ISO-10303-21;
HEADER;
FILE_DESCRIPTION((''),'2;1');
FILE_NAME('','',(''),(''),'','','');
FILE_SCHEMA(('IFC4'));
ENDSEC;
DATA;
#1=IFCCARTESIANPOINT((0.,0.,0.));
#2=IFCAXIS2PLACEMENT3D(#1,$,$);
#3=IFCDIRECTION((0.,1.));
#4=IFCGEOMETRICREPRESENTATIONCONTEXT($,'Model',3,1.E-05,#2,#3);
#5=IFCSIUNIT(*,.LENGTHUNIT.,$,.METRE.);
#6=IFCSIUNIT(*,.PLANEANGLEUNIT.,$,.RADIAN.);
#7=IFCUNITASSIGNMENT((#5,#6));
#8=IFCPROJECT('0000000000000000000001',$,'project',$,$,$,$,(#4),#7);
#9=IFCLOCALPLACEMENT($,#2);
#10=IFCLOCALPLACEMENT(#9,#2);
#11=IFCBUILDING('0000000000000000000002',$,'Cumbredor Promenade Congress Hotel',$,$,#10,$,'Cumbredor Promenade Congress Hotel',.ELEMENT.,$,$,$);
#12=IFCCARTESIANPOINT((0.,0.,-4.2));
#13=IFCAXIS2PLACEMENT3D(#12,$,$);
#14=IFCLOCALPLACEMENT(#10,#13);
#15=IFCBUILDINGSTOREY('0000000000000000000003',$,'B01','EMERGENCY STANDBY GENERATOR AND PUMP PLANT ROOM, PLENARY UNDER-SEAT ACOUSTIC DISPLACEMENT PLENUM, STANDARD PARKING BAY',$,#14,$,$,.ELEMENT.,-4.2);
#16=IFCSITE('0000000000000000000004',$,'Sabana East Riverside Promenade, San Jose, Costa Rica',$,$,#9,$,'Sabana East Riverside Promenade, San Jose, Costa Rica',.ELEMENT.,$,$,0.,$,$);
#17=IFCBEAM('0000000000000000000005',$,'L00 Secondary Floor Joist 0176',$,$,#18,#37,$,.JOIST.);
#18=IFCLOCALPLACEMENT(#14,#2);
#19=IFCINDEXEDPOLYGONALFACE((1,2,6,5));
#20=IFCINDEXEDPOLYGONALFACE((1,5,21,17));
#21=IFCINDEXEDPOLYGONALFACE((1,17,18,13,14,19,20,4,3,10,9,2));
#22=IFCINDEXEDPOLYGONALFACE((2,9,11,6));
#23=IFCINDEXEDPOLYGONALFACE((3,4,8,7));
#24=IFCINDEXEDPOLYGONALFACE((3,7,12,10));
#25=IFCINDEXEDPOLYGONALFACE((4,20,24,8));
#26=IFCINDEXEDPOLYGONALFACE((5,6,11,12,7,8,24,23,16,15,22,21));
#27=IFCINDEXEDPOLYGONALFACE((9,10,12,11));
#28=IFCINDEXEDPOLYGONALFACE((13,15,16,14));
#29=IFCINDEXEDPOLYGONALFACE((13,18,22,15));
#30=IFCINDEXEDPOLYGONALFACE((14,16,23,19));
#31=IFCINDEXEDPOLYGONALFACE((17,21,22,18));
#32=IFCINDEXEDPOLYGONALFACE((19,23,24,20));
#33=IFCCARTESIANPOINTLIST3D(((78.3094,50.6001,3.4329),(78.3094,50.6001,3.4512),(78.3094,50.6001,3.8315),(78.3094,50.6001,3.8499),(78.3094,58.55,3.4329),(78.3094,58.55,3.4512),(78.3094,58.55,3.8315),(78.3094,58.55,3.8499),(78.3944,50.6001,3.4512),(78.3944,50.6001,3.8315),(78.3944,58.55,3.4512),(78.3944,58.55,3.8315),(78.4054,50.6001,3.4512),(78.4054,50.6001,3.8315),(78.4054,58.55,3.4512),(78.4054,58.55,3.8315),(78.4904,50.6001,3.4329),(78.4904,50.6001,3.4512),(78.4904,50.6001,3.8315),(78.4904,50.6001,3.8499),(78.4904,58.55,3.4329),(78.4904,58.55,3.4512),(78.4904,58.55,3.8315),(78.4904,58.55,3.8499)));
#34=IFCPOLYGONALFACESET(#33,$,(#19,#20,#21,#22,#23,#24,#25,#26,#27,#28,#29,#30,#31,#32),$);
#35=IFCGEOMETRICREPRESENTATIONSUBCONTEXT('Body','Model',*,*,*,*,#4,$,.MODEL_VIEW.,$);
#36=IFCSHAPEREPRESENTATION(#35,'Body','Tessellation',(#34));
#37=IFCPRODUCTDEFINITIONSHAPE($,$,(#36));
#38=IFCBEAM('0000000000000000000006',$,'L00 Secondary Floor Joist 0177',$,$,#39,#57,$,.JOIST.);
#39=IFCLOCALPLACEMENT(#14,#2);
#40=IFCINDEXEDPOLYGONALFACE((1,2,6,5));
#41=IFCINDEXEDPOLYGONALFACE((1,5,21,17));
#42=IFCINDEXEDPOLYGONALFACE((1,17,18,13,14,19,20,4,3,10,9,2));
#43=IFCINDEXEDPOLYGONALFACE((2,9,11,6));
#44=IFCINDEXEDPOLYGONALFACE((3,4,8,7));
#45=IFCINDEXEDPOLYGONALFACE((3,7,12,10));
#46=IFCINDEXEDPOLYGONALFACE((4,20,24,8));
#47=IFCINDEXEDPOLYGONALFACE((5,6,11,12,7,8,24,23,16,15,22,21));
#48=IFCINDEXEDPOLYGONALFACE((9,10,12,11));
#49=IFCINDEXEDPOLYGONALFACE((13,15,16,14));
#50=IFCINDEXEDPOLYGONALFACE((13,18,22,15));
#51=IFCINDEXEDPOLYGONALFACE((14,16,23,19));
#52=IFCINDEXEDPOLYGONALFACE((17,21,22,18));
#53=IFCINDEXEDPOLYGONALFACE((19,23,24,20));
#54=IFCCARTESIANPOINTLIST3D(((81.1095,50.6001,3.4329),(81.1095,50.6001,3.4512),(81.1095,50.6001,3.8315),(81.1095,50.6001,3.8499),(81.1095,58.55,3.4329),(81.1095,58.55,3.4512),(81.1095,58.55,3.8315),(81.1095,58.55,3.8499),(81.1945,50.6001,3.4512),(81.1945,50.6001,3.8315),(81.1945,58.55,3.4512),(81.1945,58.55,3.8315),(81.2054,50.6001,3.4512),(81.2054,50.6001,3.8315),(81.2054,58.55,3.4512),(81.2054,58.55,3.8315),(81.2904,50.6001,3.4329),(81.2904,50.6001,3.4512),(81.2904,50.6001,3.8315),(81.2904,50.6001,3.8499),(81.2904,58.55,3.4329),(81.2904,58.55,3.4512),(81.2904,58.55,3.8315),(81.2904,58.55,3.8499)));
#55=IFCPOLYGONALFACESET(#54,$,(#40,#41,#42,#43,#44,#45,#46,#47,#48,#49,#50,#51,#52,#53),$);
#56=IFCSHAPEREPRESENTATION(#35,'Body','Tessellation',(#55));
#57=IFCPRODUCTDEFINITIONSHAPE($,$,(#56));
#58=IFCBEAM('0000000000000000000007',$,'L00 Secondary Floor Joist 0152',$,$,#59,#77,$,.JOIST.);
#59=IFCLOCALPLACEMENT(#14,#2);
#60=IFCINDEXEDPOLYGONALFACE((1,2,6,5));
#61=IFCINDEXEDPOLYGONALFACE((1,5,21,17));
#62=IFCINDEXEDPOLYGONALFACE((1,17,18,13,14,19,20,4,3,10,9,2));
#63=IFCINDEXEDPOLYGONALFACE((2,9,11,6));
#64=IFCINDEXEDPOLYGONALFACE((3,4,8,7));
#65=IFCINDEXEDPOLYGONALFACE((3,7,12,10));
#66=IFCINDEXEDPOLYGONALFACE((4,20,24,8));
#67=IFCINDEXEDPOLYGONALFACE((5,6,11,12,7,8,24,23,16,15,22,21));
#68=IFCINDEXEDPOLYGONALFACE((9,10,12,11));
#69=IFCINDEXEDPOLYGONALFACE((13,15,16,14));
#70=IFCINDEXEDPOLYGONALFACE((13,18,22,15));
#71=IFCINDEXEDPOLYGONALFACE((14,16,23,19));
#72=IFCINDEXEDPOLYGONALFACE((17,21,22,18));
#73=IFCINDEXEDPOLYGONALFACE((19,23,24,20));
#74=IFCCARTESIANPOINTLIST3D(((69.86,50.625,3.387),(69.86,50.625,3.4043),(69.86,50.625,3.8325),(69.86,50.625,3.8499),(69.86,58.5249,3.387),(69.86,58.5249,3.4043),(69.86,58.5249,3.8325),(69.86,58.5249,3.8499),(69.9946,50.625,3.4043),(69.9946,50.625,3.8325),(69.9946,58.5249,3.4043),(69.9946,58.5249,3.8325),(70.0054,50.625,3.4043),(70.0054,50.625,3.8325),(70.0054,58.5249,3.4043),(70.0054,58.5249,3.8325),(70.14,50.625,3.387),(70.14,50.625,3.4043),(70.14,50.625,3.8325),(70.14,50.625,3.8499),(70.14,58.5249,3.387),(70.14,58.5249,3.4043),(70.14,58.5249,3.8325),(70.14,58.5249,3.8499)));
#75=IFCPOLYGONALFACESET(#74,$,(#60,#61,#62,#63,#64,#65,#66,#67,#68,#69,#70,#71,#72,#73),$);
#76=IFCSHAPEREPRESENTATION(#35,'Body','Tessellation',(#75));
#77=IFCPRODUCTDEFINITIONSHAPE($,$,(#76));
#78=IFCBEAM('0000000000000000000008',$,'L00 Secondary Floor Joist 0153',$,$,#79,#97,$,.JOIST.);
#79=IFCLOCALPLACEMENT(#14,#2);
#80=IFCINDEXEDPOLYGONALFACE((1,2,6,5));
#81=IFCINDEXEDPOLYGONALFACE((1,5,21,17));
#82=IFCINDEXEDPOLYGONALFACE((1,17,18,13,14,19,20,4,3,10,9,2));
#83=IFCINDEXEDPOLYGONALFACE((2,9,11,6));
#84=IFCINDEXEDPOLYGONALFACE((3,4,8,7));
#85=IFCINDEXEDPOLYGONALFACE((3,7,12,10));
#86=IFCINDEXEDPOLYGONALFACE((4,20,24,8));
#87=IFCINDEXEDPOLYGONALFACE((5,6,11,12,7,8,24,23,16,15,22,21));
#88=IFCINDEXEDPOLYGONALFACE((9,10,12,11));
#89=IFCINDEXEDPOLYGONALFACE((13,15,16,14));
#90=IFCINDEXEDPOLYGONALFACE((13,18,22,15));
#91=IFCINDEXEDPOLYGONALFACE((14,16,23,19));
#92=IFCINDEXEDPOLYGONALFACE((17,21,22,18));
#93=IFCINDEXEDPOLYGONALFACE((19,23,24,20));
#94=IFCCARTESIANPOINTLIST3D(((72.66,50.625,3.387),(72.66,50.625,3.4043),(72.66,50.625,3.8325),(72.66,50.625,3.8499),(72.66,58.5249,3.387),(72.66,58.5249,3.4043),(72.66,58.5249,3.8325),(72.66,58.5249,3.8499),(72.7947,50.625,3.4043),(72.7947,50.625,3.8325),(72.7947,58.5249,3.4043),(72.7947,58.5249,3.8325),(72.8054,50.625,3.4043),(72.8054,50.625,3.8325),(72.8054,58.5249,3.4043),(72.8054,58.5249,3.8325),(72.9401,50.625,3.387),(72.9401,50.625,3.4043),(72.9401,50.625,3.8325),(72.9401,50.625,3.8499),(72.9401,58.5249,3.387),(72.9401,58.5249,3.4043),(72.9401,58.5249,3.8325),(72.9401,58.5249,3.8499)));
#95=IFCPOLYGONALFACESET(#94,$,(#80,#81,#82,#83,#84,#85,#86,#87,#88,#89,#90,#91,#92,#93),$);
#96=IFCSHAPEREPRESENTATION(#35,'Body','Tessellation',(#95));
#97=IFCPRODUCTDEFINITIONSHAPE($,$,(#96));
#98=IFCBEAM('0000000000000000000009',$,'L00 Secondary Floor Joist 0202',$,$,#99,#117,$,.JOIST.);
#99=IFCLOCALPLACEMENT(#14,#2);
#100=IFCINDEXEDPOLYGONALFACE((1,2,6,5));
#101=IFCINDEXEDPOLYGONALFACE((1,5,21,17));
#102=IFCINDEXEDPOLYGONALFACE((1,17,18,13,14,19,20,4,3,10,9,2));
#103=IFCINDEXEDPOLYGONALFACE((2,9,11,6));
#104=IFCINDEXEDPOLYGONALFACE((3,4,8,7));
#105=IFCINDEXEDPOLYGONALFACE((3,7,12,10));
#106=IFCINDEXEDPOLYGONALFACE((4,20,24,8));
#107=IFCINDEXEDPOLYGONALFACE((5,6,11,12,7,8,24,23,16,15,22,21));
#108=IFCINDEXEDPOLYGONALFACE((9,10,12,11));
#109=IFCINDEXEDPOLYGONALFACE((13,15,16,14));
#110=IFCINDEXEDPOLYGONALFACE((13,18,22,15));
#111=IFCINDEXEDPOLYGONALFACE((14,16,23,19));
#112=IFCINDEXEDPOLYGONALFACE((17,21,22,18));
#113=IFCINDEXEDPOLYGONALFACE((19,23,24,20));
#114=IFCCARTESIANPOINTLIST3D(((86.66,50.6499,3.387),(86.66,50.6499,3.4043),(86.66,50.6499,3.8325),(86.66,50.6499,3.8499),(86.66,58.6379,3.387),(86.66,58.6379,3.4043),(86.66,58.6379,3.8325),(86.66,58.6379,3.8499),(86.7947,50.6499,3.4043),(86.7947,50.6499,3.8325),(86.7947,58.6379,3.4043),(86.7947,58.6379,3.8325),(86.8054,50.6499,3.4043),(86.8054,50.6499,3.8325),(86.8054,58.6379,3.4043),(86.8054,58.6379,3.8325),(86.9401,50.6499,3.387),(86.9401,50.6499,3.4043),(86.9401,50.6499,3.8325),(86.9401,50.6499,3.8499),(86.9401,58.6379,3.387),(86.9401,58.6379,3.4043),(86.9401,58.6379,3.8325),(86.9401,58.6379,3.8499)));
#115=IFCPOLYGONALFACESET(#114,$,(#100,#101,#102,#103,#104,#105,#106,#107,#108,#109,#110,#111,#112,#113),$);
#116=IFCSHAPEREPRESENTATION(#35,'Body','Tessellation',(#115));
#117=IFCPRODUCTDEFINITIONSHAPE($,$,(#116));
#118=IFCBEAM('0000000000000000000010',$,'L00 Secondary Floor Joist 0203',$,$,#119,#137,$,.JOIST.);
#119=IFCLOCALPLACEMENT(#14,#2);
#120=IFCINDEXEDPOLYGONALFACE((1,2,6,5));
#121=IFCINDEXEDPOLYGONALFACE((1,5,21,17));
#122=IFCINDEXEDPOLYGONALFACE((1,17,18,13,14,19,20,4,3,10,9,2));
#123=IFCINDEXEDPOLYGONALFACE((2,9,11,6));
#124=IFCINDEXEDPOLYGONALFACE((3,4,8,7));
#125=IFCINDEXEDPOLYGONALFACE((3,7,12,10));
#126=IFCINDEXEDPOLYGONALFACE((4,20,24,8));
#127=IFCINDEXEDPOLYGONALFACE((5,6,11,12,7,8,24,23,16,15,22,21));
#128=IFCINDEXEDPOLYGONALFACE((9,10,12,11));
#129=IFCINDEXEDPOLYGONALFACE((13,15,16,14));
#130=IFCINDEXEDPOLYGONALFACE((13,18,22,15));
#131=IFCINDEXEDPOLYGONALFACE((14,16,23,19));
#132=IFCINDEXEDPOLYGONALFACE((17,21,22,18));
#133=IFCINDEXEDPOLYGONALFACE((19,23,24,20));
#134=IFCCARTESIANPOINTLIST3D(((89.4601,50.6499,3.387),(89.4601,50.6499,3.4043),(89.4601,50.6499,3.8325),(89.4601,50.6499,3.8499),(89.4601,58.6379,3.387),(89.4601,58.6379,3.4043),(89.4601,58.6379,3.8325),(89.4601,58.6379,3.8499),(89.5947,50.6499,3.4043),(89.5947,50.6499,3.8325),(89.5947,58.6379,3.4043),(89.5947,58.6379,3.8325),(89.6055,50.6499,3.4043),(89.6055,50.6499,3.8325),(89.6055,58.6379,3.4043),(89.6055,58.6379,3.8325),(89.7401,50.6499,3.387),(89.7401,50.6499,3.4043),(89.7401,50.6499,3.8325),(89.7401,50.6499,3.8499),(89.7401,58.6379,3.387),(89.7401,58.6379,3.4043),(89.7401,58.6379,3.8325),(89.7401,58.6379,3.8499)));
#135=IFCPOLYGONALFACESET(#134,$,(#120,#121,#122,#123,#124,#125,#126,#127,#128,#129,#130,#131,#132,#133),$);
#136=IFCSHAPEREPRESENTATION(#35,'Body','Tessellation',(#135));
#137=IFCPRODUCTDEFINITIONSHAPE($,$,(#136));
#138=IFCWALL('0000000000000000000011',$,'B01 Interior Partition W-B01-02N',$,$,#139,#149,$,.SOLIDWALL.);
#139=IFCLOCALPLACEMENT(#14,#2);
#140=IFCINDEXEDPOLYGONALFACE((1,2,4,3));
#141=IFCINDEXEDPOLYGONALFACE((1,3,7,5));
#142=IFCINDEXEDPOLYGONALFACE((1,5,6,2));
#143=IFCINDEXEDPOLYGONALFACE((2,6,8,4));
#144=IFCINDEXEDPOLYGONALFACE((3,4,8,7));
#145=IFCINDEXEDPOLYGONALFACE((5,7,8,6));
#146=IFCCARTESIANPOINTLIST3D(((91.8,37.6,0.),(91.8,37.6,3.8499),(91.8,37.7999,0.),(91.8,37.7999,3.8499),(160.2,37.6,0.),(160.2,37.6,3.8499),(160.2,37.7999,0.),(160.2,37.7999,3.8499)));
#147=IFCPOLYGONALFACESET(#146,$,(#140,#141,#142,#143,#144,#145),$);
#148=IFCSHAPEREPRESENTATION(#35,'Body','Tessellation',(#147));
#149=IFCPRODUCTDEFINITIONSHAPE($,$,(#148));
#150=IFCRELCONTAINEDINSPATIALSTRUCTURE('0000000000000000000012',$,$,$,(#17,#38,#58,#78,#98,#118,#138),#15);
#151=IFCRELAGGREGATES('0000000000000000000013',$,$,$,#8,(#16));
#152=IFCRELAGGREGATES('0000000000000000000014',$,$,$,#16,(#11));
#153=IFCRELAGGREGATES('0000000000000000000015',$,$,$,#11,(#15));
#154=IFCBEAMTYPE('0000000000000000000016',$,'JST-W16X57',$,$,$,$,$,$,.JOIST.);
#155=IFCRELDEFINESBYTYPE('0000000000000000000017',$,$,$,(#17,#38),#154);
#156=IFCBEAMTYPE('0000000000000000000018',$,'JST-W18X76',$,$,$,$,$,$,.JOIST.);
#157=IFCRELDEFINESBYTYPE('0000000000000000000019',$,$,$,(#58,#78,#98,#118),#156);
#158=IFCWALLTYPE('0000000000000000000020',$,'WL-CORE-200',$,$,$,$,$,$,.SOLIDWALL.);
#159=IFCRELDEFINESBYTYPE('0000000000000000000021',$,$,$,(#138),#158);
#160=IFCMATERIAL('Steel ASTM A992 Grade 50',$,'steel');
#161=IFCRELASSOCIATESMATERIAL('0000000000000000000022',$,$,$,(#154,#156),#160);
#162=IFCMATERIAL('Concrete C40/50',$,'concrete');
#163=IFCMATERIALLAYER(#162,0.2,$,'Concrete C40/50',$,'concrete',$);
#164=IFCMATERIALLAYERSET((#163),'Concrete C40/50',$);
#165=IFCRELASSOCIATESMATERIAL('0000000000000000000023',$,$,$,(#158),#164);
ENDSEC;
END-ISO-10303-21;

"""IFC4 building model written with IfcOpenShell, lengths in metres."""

from ifc_helpers import new_model, si_unit, direction, frame, frame_2d, origin, origin_2d, place, context, subcontext, project, spatial, rectangle, i_section, extrude, material, layer, layer_set, material_profile, profile_set, type_object, element, save


model = new_model("IFC4")

# Units and contexts
model_context = context("Model", 3, precision=1e-05, world=origin(), true_north=direction((0.0, 1.0)))
body_context = subcontext(model_context, "Body", "Model", "MODEL_VIEW")
ifc_project = project(units=[si_unit("LENGTHUNIT", "METRE"), si_unit("PLANEANGLEUNIT", "RADIAN")], contexts=[model_context])

# Site, building, storey
site_placement = place(None, origin())
site = spatial("IfcSite", under=ifc_project, at=site_placement, Name="Sabana East Riverside Promenade, San Jose, Costa Rica", LongName="Sabana East Riverside Promenade, San Jose, Costa Rica", CompositionType="ELEMENT", RefElevation=0.0)
building_placement = place(site_placement, origin())
building = spatial("IfcBuilding", under=site, at=building_placement, Name="Cumbredor Promenade Congress Hotel", LongName="Cumbredor Promenade Congress Hotel", CompositionType="ELEMENT")
storey_placement = place(building_placement, frame((0.0, 0.0, -4.2)))
storey = spatial("IfcBuildingStorey", under=building, at=storey_placement, Name="B01", Description="EMERGENCY STANDBY GENERATOR AND PUMP PLANT ROOM, PLENARY UNDER-SEAT ACOUSTIC DISPLACEMENT PLENUM, STANDARD PARKING BAY", CompositionType="ELEMENT", Elevation=-4.2)

# Shared definitions
ifc_material_1 = material(Name="Concrete C40/50", Category="concrete")

# Beams
ifc_material_2 = material(Name="Steel ASTM A992 Grade 50", Category="steel")
ifc_material_profile_1 = material_profile(ifc_material_2, i_section(OverallWidth=0.1809, OverallDepth=0.417, WebThickness=0.011, FlangeThickness=0.0183, at=origin_2d()), Name="W16X57")
ifc_profile_set_1 = profile_set([ifc_material_profile_1], Name="Steel ASTM A992 Grade 50")
beam_type_1 = type_object("IfcBeamType", Name="JST-W16X57", PredefinedType="JOIST", material=ifc_profile_set_1)
for number, where, z_axis, x_axis, name in (
    (1, (78.3999, 50.6001, 3.6414), (0.0, 1.0, 0.0), (-1.0, 0.0, 0.0), "L00 Secondary Floor Joist 0176"),
    (2, (81.2, 50.6001, 3.6414), (0.0, 1.0, 0.0), (-1.0, 0.0, 0.0), "L00 Secondary Floor Joist 0177"),
):
    element("IfcBeam", number, at=place(storey_placement, frame(where, z_axis=z_axis, x_axis=x_axis)), inside=storey, type_object=beam_type_1, Name=name, PredefinedType="JOIST", context=body_context, shape_type="SweptSolid", body=[
        extrude(i_section(OverallWidth=0.1809, OverallDepth=0.417, WebThickness=0.011, FlangeThickness=0.0183, at=origin_2d()), origin(), (0.0, 0.0, 1.0), 7.95),
    ])
ifc_material_profile_2 = material_profile(ifc_material_2, i_section(OverallWidth=0.28, OverallDepth=0.4629, WebThickness=0.0107, FlangeThickness=0.0173, at=origin_2d()), Name="W18X76")
ifc_profile_set_2 = profile_set([ifc_material_profile_2], Name="Steel ASTM A992 Grade 50")
beam_type_2 = type_object("IfcBeamType", Name="JST-W18X76", PredefinedType="JOIST", material=ifc_profile_set_2)
for number, where, z_axis, x_axis, name in (
    (3, (70.0, 50.625, 3.6184), (0.0, 1.0, 0.0), (-1.0, 0.0, 0.0), "L00 Secondary Floor Joist 0152"),
    (4, (72.8, 50.625, 3.6184), (0.0, 1.0, 0.0), (-1.0, 0.0, 0.0), "L00 Secondary Floor Joist 0153"),
):
    element("IfcBeam", number, at=place(storey_placement, frame(where, z_axis=z_axis, x_axis=x_axis)), inside=storey, type_object=beam_type_2, Name=name, PredefinedType="JOIST", context=body_context, shape_type="SweptSolid", body=[
        extrude(i_section(OverallWidth=0.28, OverallDepth=0.4629, WebThickness=0.0107, FlangeThickness=0.0173, at=origin_2d()), origin(), (0.0, 0.0, 1.0), 7.8999),
    ])
for number, where, z_axis, x_axis, name in (
    (5, (86.8, 50.6499, 3.6184), (0.0, 1.0, 0.0), (-1.0, 0.0, 0.0), "L00 Secondary Floor Joist 0202"),
    (6, (89.6001, 50.6499, 3.6184), (0.0, 1.0, 0.0), (-1.0, 0.0, 0.0), "L00 Secondary Floor Joist 0203"),
):
    element("IfcBeam", number, at=place(storey_placement, frame(where, z_axis=z_axis, x_axis=x_axis)), inside=storey, type_object=beam_type_2, Name=name, PredefinedType="JOIST", context=body_context, shape_type="SweptSolid", body=[
        extrude(i_section(OverallWidth=0.28, OverallDepth=0.4629, WebThickness=0.0107, FlangeThickness=0.0173, at=origin_2d()), origin(), (0.0, 0.0, 1.0), 7.988),
    ])

# Wall
ifc_layer = layer(ifc_material_1, 0.2, Name="Concrete C40/50", Category="concrete")
ifc_layer_set = layer_set([ifc_layer], Name="Concrete C40/50")
wall_type = type_object("IfcWallType", Name="WL-CORE-200", PredefinedType="SOLIDWALL", material=ifc_layer_set)
wall_placement = place(storey_placement, frame((91.8, 37.7, 0.0), z_axis=(0.0, 0.0, 1.0), x_axis=(1.0, 0.0, 0.0)))
element("IfcWall", 7, at=wall_placement, inside=storey, type_object=wall_type, Name="B01 Interior Partition W-B01-02N", PredefinedType="SOLIDWALL", context=body_context, shape_type="SweptSolid", body=[
    extrude(rectangle(XDim=68.3999, YDim=0.2, at=frame_2d((34.2, 0.0))), origin(), (0.0, 0.0, 1.0), 3.8499),
])

save(model, "model.ifc")
